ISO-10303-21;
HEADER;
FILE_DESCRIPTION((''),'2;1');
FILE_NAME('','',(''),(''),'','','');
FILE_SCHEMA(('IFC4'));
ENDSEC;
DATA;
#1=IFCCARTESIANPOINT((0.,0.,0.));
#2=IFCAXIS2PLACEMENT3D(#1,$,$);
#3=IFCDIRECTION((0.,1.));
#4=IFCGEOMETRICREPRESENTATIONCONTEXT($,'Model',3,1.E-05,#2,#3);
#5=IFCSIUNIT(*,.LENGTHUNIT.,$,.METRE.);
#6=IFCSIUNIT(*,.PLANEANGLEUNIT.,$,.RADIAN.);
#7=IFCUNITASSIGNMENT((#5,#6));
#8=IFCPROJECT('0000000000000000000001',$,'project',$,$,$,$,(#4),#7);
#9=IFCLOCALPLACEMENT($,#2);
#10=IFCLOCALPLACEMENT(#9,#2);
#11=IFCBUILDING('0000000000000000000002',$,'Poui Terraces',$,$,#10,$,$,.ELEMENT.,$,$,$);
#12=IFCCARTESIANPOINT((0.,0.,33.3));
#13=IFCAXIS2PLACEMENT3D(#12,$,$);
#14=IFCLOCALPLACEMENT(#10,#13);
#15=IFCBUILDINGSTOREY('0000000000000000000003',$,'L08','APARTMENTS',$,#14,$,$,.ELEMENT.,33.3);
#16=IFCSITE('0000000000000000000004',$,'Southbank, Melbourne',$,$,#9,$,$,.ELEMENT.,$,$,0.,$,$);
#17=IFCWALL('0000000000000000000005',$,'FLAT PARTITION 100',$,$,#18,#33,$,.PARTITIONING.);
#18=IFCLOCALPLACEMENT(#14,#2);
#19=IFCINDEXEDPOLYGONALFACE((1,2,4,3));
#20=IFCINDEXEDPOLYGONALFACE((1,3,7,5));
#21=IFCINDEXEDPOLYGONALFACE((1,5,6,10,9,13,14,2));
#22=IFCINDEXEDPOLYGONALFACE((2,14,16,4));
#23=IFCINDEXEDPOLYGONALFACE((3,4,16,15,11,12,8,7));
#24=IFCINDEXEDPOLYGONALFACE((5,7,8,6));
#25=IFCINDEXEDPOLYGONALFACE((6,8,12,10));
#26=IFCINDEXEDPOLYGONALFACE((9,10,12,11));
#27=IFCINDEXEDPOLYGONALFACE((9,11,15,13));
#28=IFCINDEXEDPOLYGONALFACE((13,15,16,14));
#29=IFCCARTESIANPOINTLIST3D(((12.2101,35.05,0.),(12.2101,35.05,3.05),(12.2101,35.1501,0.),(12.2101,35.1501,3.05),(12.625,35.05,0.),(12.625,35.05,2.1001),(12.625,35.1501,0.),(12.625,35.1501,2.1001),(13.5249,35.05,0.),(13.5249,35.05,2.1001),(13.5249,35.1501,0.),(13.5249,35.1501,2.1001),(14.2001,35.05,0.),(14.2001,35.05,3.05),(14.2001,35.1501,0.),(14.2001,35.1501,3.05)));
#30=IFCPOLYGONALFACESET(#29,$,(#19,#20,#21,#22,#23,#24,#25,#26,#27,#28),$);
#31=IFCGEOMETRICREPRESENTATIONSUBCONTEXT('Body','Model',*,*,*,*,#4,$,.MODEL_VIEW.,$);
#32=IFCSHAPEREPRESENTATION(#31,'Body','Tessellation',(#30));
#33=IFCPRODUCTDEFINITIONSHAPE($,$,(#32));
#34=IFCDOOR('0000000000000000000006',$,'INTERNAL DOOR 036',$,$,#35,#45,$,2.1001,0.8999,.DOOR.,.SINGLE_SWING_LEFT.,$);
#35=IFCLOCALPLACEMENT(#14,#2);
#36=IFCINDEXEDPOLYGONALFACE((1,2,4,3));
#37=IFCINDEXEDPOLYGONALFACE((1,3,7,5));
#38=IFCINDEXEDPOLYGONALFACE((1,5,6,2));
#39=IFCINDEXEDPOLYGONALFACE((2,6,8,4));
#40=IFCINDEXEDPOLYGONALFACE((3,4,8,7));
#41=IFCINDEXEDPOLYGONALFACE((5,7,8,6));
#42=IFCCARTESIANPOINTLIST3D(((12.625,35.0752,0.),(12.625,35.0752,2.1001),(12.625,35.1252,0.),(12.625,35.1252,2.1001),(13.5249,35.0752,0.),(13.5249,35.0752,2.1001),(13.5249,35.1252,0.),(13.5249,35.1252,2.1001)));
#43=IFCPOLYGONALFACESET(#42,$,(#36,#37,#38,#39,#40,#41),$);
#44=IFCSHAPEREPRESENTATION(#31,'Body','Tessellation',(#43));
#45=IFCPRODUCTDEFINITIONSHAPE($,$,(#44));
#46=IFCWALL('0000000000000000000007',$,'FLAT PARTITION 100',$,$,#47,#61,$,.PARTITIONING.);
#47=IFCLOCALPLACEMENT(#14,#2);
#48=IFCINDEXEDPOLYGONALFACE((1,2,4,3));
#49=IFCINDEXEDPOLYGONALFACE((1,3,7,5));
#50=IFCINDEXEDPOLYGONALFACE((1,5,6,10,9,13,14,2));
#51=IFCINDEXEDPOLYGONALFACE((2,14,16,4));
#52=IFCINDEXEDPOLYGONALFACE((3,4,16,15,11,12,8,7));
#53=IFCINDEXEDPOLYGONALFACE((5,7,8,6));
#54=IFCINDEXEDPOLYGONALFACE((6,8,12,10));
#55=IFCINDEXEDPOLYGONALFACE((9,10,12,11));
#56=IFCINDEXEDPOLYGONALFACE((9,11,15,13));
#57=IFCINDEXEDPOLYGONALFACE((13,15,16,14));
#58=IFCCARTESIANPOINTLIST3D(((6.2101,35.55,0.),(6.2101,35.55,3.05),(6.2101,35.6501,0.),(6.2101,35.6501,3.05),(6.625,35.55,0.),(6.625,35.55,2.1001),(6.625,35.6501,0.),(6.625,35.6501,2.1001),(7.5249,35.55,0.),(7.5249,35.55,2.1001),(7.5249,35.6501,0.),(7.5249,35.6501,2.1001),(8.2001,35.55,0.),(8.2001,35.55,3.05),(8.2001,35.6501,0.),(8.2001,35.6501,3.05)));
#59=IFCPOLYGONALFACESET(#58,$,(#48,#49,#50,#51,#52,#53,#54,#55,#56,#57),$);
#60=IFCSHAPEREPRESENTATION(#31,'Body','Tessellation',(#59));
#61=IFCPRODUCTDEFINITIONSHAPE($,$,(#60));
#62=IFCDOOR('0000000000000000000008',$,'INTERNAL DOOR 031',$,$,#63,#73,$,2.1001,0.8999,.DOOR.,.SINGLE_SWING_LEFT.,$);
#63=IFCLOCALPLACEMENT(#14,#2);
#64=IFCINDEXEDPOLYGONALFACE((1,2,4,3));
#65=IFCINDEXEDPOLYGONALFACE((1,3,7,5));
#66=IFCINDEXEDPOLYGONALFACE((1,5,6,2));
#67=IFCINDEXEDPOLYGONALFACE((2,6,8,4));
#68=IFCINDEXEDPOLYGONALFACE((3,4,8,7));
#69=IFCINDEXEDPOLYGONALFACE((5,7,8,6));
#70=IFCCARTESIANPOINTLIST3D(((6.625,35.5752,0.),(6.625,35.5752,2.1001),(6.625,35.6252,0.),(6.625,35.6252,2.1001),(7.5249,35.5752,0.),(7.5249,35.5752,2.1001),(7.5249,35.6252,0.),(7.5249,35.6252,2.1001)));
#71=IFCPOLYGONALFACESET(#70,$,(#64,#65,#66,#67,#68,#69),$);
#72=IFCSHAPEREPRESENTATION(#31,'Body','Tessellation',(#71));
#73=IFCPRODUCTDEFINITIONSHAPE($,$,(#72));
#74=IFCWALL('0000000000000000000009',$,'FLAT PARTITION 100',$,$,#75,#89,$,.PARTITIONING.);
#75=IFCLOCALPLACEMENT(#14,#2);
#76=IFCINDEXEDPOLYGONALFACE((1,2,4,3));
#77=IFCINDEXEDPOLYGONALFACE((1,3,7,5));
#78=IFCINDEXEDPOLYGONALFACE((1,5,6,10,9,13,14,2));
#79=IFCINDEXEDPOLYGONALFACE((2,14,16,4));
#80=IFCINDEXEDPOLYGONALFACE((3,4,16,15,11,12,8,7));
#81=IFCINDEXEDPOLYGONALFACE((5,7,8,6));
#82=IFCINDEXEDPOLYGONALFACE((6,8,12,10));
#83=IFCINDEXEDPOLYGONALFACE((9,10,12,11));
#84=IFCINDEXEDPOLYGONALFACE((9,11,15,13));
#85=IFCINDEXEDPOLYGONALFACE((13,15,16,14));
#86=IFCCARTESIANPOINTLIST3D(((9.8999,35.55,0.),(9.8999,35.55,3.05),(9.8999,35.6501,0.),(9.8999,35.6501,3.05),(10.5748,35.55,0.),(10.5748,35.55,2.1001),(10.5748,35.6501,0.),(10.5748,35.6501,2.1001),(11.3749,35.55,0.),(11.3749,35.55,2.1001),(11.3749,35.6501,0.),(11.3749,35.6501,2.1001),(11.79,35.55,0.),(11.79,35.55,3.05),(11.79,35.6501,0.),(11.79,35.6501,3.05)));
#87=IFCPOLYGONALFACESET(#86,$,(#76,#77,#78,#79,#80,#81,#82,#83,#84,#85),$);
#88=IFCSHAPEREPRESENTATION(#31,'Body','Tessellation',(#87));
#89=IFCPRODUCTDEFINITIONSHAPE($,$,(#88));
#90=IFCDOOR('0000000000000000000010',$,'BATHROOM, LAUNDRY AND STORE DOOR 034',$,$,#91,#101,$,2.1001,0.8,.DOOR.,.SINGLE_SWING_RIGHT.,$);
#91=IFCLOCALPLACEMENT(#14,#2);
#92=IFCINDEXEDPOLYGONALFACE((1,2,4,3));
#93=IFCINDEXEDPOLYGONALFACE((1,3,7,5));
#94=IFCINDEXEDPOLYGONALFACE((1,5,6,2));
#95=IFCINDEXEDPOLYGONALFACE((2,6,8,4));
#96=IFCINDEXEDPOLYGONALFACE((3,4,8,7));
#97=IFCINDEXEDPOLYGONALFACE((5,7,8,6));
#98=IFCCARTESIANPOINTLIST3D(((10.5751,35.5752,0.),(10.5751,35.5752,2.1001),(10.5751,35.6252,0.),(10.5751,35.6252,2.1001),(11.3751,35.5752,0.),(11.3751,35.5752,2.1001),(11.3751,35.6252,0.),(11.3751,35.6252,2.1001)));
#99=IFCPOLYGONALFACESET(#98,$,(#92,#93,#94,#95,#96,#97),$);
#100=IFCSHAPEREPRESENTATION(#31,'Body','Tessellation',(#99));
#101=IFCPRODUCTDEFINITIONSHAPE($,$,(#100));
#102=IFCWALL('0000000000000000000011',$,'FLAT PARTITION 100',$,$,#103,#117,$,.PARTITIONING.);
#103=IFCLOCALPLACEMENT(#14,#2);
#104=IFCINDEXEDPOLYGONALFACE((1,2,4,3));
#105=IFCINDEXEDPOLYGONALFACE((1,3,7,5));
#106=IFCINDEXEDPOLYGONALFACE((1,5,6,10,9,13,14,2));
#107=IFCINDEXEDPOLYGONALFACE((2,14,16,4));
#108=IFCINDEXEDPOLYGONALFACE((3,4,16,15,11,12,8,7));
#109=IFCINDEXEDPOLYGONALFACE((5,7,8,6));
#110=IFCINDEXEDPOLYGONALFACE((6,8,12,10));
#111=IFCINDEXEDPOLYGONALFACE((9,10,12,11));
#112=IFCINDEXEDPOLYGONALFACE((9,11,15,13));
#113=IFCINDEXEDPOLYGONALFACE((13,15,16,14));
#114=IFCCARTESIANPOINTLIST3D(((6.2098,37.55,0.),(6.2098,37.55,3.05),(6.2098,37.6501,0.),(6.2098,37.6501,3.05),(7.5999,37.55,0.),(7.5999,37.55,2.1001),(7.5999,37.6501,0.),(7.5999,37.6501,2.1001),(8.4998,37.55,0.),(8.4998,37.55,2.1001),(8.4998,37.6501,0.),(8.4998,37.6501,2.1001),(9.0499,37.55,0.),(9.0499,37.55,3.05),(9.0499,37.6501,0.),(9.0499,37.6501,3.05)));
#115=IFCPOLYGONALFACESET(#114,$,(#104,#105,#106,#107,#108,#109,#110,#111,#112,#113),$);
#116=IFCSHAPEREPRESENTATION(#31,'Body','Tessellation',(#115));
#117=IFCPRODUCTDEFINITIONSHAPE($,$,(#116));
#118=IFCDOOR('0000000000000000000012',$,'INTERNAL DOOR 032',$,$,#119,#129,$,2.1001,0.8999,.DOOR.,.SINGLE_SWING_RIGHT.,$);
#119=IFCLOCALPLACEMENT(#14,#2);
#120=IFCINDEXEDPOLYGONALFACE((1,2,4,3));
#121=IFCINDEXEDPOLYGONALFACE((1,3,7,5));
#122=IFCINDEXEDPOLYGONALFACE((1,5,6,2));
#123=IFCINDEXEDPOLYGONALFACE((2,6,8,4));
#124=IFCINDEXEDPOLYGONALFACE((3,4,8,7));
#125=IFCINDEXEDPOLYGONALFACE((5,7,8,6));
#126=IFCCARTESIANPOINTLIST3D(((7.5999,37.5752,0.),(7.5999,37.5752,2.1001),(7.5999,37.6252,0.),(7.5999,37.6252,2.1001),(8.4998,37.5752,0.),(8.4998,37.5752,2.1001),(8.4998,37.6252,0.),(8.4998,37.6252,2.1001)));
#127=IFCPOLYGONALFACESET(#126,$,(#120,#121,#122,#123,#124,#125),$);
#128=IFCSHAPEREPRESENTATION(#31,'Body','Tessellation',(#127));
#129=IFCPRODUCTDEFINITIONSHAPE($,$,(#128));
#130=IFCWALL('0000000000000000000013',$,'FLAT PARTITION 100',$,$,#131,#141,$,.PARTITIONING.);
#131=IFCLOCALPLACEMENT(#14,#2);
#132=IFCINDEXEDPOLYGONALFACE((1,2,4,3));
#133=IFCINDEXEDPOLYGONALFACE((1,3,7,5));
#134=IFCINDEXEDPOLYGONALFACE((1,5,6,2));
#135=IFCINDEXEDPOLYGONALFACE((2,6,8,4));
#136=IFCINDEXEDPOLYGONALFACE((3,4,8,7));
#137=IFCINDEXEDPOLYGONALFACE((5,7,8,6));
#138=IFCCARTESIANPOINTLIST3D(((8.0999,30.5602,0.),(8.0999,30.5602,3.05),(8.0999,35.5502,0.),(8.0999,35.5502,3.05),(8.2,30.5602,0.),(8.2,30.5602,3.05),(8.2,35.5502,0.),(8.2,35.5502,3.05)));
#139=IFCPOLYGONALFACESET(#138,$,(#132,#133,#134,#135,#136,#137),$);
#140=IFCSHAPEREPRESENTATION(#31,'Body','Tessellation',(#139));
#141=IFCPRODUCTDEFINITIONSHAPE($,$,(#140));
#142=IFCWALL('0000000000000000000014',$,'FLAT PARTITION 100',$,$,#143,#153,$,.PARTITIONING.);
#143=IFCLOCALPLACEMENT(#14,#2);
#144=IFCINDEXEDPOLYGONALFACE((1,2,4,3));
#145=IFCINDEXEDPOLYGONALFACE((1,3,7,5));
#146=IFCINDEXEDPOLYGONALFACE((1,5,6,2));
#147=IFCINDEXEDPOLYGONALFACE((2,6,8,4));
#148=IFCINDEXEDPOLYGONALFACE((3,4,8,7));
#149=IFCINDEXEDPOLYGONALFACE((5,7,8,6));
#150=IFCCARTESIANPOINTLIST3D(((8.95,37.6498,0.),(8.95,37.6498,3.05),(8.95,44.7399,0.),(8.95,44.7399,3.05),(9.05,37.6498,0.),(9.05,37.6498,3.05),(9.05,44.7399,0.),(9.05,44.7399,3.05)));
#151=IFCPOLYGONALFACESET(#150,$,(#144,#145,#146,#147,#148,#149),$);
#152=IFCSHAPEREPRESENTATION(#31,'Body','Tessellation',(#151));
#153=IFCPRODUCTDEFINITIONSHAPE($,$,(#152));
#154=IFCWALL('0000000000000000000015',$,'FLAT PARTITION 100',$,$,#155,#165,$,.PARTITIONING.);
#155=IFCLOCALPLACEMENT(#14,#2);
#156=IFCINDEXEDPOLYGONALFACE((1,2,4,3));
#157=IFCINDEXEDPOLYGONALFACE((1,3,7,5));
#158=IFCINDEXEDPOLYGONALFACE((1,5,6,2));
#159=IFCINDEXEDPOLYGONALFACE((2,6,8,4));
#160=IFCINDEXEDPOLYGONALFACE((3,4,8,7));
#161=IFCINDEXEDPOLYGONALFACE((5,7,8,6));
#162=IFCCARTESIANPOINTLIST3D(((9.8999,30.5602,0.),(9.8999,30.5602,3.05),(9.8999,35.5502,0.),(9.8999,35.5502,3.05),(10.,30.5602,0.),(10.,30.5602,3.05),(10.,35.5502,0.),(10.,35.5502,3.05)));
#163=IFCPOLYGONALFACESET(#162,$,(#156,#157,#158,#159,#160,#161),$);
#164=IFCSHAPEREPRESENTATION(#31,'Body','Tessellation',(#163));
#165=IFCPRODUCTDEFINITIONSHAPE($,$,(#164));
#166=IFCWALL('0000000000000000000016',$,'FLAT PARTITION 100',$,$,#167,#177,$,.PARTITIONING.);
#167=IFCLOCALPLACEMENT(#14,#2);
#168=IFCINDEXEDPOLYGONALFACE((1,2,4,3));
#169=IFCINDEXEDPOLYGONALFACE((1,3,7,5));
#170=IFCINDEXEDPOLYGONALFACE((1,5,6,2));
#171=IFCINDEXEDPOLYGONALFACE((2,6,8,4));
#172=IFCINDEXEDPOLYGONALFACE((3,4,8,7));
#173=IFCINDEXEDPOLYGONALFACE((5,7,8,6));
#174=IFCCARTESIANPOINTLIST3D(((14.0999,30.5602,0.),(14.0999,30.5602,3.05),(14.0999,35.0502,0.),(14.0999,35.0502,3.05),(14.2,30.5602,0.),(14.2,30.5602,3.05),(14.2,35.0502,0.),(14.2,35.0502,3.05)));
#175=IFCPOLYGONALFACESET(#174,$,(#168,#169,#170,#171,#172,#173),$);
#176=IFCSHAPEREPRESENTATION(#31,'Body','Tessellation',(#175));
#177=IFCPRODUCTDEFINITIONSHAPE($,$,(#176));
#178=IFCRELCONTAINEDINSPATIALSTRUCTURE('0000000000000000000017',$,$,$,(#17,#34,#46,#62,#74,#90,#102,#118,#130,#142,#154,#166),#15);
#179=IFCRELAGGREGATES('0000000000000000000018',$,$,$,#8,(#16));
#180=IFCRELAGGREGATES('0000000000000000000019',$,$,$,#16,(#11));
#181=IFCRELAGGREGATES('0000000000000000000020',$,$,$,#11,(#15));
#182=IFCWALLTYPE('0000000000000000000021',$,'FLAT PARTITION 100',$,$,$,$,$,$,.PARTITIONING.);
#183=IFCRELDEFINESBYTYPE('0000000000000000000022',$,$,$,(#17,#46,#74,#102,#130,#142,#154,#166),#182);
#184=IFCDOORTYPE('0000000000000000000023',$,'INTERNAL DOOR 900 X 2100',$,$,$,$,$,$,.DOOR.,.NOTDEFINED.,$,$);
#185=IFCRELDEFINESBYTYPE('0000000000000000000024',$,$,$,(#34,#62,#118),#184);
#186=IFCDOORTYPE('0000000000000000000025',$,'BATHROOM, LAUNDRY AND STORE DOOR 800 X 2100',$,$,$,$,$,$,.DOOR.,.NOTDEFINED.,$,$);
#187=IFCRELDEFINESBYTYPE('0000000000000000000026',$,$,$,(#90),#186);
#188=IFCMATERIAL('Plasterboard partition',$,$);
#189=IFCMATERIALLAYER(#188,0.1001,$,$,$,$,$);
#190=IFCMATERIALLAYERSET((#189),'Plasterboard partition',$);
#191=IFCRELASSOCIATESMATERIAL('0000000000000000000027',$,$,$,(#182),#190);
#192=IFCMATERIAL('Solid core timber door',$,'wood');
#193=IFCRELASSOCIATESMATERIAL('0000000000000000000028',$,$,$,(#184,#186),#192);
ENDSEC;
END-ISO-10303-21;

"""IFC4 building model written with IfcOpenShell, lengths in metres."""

from ifc_helpers import new_model, si_unit, direction, frame, frame_2d, origin, place, context, subcontext, project, spatial, rectangle, extrude, material, layer, layer_set, type_object, element, fill, save


model = new_model("IFC4")

# Units and contexts
model_context = context("Model", 3, precision=1e-05, world=origin(), true_north=direction((0.0, 1.0)))
body_context = subcontext(model_context, "Body", "Model", "MODEL_VIEW")
ifc_project = project(units=[si_unit("LENGTHUNIT", "METRE"), si_unit("PLANEANGLEUNIT", "RADIAN")], contexts=[model_context])

# Site, building, storey
site_placement = place(None, origin())
site = spatial("IfcSite", under=ifc_project, at=site_placement, Name="Southbank, Melbourne", CompositionType="ELEMENT", RefElevation=0.0)
building_placement = place(site_placement, origin())
building = spatial("IfcBuilding", under=site, at=building_placement, Name="Poui Terraces", CompositionType="ELEMENT")
storey_placement = place(building_placement, frame((0.0, 0.0, 33.3)))
storey = spatial("IfcBuildingStorey", under=building, at=storey_placement, Name="L08", Description="APARTMENTS", CompositionType="ELEMENT", Elevation=33.3)

# Walls, openings, doors
ifc_material_1 = material(Name="Plasterboard partition")
ifc_layer_1 = layer(ifc_material_1, 0.1001)
ifc_layer_set_1 = layer_set([ifc_layer_1], Name="Plasterboard partition")
wall_type_1 = type_object("IfcWallType", Name="FLAT PARTITION 100", PredefinedType="PARTITIONING", material=ifc_layer_set_1)
wall_1_placement = place(storey_placement, frame((12.21, 35.1001, 0.0), z_axis=(0.0, 0.0, 1.0), x_axis=(1.0, 0.0, 0.0)))
wall_1 = element("IfcWall", 1, at=wall_1_placement, inside=storey, type_object=wall_type_1, Name="FLAT PARTITION 100", PredefinedType="PARTITIONING", context=body_context, shape_type="SweptSolid", body=[
    extrude(rectangle(XDim=1.99, YDim=0.1001, at=frame_2d((0.9951, 0.0))), origin(), (0.0, 0.0, 1.0), 3.05),
])
opening_1_placement = place(wall_1_placement, frame((0.415, 0.0, 0.0)))
opening_1 = element("IfcOpeningElement", 2, at=opening_1_placement, cuts=wall_1, PredefinedType="OPENING", context=body_context, shape_type="SweptSolid", body=[
    extrude(rectangle(XDim=0.8999, YDim=2.1001, at=frame_2d((0.45, 1.05))), frame((0.0, 0.0601, 0.0), z_axis=(0.0, -1.0, 0.0), x_axis=(1.0, 0.0, 0.0)), (0.0, 0.0, 1.0), 0.1201),
])
ifc_material_2 = material(Name="Solid core timber door", Category="wood")
door_type_1 = type_object("IfcDoorType", Name="INTERNAL DOOR 900 X 2100", OperationType="NOTDEFINED", PredefinedType="DOOR", material=ifc_material_2)
door_1_placement = place(opening_1_placement, frame((0.8999, 0.0, 0.0), z_axis=(0.0, 0.0, 1.0), x_axis=(-1.0, 0.0, 0.0)))
door_1 = element("IfcDoor", 3, at=door_1_placement, inside=storey, type_object=door_type_1, Name="INTERNAL DOOR 036", OperationType="SINGLE_SWING_LEFT", OverallHeight=2.1001, OverallWidth=0.8999, PredefinedType="DOOR", context=body_context, shape_type="SweptSolid", body=[
    extrude(rectangle(XDim=0.8999, YDim=2.1001, at=frame_2d((0.45, 1.05))), frame((0.0, 0.0249, 0.0), z_axis=(0.0, -1.0, 0.0), x_axis=(1.0, 0.0, 0.0)), (0.0, 0.0, 1.0), 0.05),
])
fill(opening_1, door_1)
wall_2_placement = place(storey_placement, frame((6.21, 35.6001, 0.0), z_axis=(0.0, 0.0, 1.0), x_axis=(1.0, 0.0, 0.0)))
wall_2 = element("IfcWall", 4, at=wall_2_placement, inside=storey, type_object=wall_type_1, Name="FLAT PARTITION 100", PredefinedType="PARTITIONING", context=body_context, shape_type="SweptSolid", body=[
    extrude(rectangle(XDim=1.99, YDim=0.1001, at=frame_2d((0.9951, 0.0))), origin(), (0.0, 0.0, 1.0), 3.05),
])
opening_2_placement = place(wall_2_placement, frame((0.415, 0.0, 0.0)))
opening_2 = element("IfcOpeningElement", 5, at=opening_2_placement, cuts=wall_2, PredefinedType="OPENING", context=body_context, shape_type="SweptSolid", body=[
    extrude(rectangle(XDim=0.8999, YDim=2.1001, at=frame_2d((0.45, 1.05))), frame((0.0, 0.0601, 0.0), z_axis=(0.0, -1.0, 0.0), x_axis=(1.0, 0.0, 0.0)), (0.0, 0.0, 1.0), 0.1201),
])
door_2_placement = place(opening_2_placement, frame((0.8999, 0.0, 0.0), z_axis=(0.0, 0.0, 1.0), x_axis=(-1.0, 0.0, 0.0)))
door_2 = element("IfcDoor", 6, at=door_2_placement, inside=storey, type_object=door_type_1, Name="INTERNAL DOOR 031", OperationType="SINGLE_SWING_LEFT", OverallHeight=2.1001, OverallWidth=0.8999, PredefinedType="DOOR", context=body_context, shape_type="SweptSolid", body=[
    extrude(rectangle(XDim=0.8999, YDim=2.1001, at=frame_2d((0.45, 1.05))), frame((0.0, 0.0249, 0.0), z_axis=(0.0, -1.0, 0.0), x_axis=(1.0, 0.0, 0.0)), (0.0, 0.0, 1.0), 0.05),
])
fill(opening_2, door_2)
wall_3_placement = place(storey_placement, frame((9.8999, 35.6001, 0.0), z_axis=(0.0, 0.0, 1.0), x_axis=(1.0, 0.0, 0.0)))
wall_3 = element("IfcWall", 7, at=wall_3_placement, inside=storey, type_object=wall_type_1, Name="FLAT PARTITION 100", PredefinedType="PARTITIONING", context=body_context, shape_type="SweptSolid", body=[
    extrude(rectangle(XDim=1.8901, YDim=0.1001, at=frame_2d((0.9451, 0.0))), origin(), (0.0, 0.0, 1.0), 3.05),
])
opening_3_placement = place(wall_3_placement, frame((0.675, 0.0, 0.0)))
opening_3 = element("IfcOpeningElement", 8, at=opening_3_placement, cuts=wall_3, PredefinedType="OPENING", context=body_context, shape_type="SweptSolid", body=[
    extrude(rectangle(XDim=0.8, YDim=2.1001, at=frame_2d((0.3999, 1.05))), frame((0.0, 0.0601, 0.0), z_axis=(0.0, -1.0, 0.0), x_axis=(1.0, 0.0, 0.0)), (0.0, 0.0, 1.0), 0.1201),
])
door_type_2 = type_object("IfcDoorType", Name="BATHROOM, LAUNDRY AND STORE DOOR 800 X 2100", OperationType="NOTDEFINED", PredefinedType="DOOR", material=ifc_material_2)
door_3_placement = place(opening_3_placement, frame((0.8, 0.0, 0.0), z_axis=(0.0, 0.0, 1.0), x_axis=(-1.0, 0.0, 0.0)))
door_3 = element("IfcDoor", 9, at=door_3_placement, inside=storey, type_object=door_type_2, Name="BATHROOM, LAUNDRY AND STORE DOOR 034", OperationType="SINGLE_SWING_RIGHT", OverallHeight=2.1001, OverallWidth=0.8, PredefinedType="DOOR", context=body_context, shape_type="SweptSolid", body=[
    extrude(rectangle(XDim=0.8, YDim=2.1001, at=frame_2d((0.3999, 1.05))), frame((0.0, 0.0249, 0.0), z_axis=(0.0, -1.0, 0.0), x_axis=(1.0, 0.0, 0.0)), (0.0, 0.0, 1.0), 0.05),
])
fill(opening_3, door_3)
wall_4_placement = place(storey_placement, frame((6.21, 37.6001, 0.0), z_axis=(0.0, 0.0, 1.0), x_axis=(1.0, 0.0, 0.0)))
wall_4 = element("IfcWall", 10, at=wall_4_placement, inside=storey, type_object=wall_type_1, Name="FLAT PARTITION 100", PredefinedType="PARTITIONING", context=body_context, shape_type="SweptSolid", body=[
    extrude(rectangle(XDim=2.8401, YDim=0.1001, at=frame_2d((1.4199, 0.0))), origin(), (0.0, 0.0, 1.0), 3.05),
])
opening_4_placement = place(wall_4_placement, frame((1.3899, 0.0, 0.0)))
opening_4 = element("IfcOpeningElement", 11, at=opening_4_placement, cuts=wall_4, PredefinedType="OPENING", context=body_context, shape_type="SweptSolid", body=[
    extrude(rectangle(XDim=0.8999, YDim=2.1001, at=frame_2d((0.45, 1.05))), frame((0.0, 0.0601, 0.0), z_axis=(0.0, -1.0, 0.0), x_axis=(1.0, 0.0, 0.0)), (0.0, 0.0, 1.0), 0.1201),
])
door_4_placement = place(opening_4_placement, frame((0.8999, 0.0, 0.0), z_axis=(0.0, 0.0, 1.0), x_axis=(-1.0, 0.0, 0.0)))
door_4 = element("IfcDoor", 12, at=door_4_placement, inside=storey, type_object=door_type_1, Name="INTERNAL DOOR 032", OperationType="SINGLE_SWING_RIGHT", OverallHeight=2.1001, OverallWidth=0.8999, PredefinedType="DOOR", context=body_context, shape_type="SweptSolid", body=[
    extrude(rectangle(XDim=0.8999, YDim=2.1001, at=frame_2d((0.45, 1.05))), frame((0.0, 0.0249, 0.0), z_axis=(0.0, -1.0, 0.0), x_axis=(1.0, 0.0, 0.0)), (0.0, 0.0, 1.0), 0.05),
])
fill(opening_4, door_4)

# Walls
wall_5_placement = place(storey_placement, frame((8.1499, 30.5601, 0.0), z_axis=(0.0, 0.0, 1.0), x_axis=(0.0, 1.0, 0.0)))
element("IfcWall", 13, at=wall_5_placement, inside=storey, type_object=wall_type_1, Name="FLAT PARTITION 100", PredefinedType="PARTITIONING", context=body_context, shape_type="SweptSolid", body=[
    extrude(rectangle(XDim=4.99, YDim=0.1001, at=frame_2d((2.4951, 0.0))), origin(), (0.0, 0.0, 1.0), 3.05),
])
wall_6_placement = place(storey_placement, frame((9.0, 37.6499, 0.0), z_axis=(0.0, 0.0, 1.0), x_axis=(0.0, 1.0, 0.0)))
element("IfcWall", 14, at=wall_6_placement, inside=storey, type_object=wall_type_1, Name="FLAT PARTITION 100", PredefinedType="PARTITIONING", context=body_context, shape_type="SweptSolid", body=[
    extrude(rectangle(XDim=7.0901, YDim=0.1001, at=frame_2d((3.5449, 0.0))), origin(), (0.0, 0.0, 1.0), 3.05),
])
wall_7_placement = place(storey_placement, frame((9.95, 30.5601, 0.0), z_axis=(0.0, 0.0, 1.0), x_axis=(0.0, 1.0, 0.0)))
element("IfcWall", 15, at=wall_7_placement, inside=storey, type_object=wall_type_1, Name="FLAT PARTITION 100", PredefinedType="PARTITIONING", context=body_context, shape_type="SweptSolid", body=[
    extrude(rectangle(XDim=4.99, YDim=0.1001, at=frame_2d((2.4951, 0.0))), origin(), (0.0, 0.0, 1.0), 3.05),
])
wall_8_placement = place(storey_placement, frame((14.1499, 30.5601, 0.0), z_axis=(0.0, 0.0, 1.0), x_axis=(0.0, 1.0, 0.0)))
element("IfcWall", 16, at=wall_8_placement, inside=storey, type_object=wall_type_1, Name="FLAT PARTITION 100", PredefinedType="PARTITIONING", context=body_context, shape_type="SweptSolid", body=[
    extrude(rectangle(XDim=4.49, YDim=0.1001, at=frame_2d((2.2451, 0.0))), origin(), (0.0, 0.0, 1.0), 3.05),
])

save(model, "model.ifc")
